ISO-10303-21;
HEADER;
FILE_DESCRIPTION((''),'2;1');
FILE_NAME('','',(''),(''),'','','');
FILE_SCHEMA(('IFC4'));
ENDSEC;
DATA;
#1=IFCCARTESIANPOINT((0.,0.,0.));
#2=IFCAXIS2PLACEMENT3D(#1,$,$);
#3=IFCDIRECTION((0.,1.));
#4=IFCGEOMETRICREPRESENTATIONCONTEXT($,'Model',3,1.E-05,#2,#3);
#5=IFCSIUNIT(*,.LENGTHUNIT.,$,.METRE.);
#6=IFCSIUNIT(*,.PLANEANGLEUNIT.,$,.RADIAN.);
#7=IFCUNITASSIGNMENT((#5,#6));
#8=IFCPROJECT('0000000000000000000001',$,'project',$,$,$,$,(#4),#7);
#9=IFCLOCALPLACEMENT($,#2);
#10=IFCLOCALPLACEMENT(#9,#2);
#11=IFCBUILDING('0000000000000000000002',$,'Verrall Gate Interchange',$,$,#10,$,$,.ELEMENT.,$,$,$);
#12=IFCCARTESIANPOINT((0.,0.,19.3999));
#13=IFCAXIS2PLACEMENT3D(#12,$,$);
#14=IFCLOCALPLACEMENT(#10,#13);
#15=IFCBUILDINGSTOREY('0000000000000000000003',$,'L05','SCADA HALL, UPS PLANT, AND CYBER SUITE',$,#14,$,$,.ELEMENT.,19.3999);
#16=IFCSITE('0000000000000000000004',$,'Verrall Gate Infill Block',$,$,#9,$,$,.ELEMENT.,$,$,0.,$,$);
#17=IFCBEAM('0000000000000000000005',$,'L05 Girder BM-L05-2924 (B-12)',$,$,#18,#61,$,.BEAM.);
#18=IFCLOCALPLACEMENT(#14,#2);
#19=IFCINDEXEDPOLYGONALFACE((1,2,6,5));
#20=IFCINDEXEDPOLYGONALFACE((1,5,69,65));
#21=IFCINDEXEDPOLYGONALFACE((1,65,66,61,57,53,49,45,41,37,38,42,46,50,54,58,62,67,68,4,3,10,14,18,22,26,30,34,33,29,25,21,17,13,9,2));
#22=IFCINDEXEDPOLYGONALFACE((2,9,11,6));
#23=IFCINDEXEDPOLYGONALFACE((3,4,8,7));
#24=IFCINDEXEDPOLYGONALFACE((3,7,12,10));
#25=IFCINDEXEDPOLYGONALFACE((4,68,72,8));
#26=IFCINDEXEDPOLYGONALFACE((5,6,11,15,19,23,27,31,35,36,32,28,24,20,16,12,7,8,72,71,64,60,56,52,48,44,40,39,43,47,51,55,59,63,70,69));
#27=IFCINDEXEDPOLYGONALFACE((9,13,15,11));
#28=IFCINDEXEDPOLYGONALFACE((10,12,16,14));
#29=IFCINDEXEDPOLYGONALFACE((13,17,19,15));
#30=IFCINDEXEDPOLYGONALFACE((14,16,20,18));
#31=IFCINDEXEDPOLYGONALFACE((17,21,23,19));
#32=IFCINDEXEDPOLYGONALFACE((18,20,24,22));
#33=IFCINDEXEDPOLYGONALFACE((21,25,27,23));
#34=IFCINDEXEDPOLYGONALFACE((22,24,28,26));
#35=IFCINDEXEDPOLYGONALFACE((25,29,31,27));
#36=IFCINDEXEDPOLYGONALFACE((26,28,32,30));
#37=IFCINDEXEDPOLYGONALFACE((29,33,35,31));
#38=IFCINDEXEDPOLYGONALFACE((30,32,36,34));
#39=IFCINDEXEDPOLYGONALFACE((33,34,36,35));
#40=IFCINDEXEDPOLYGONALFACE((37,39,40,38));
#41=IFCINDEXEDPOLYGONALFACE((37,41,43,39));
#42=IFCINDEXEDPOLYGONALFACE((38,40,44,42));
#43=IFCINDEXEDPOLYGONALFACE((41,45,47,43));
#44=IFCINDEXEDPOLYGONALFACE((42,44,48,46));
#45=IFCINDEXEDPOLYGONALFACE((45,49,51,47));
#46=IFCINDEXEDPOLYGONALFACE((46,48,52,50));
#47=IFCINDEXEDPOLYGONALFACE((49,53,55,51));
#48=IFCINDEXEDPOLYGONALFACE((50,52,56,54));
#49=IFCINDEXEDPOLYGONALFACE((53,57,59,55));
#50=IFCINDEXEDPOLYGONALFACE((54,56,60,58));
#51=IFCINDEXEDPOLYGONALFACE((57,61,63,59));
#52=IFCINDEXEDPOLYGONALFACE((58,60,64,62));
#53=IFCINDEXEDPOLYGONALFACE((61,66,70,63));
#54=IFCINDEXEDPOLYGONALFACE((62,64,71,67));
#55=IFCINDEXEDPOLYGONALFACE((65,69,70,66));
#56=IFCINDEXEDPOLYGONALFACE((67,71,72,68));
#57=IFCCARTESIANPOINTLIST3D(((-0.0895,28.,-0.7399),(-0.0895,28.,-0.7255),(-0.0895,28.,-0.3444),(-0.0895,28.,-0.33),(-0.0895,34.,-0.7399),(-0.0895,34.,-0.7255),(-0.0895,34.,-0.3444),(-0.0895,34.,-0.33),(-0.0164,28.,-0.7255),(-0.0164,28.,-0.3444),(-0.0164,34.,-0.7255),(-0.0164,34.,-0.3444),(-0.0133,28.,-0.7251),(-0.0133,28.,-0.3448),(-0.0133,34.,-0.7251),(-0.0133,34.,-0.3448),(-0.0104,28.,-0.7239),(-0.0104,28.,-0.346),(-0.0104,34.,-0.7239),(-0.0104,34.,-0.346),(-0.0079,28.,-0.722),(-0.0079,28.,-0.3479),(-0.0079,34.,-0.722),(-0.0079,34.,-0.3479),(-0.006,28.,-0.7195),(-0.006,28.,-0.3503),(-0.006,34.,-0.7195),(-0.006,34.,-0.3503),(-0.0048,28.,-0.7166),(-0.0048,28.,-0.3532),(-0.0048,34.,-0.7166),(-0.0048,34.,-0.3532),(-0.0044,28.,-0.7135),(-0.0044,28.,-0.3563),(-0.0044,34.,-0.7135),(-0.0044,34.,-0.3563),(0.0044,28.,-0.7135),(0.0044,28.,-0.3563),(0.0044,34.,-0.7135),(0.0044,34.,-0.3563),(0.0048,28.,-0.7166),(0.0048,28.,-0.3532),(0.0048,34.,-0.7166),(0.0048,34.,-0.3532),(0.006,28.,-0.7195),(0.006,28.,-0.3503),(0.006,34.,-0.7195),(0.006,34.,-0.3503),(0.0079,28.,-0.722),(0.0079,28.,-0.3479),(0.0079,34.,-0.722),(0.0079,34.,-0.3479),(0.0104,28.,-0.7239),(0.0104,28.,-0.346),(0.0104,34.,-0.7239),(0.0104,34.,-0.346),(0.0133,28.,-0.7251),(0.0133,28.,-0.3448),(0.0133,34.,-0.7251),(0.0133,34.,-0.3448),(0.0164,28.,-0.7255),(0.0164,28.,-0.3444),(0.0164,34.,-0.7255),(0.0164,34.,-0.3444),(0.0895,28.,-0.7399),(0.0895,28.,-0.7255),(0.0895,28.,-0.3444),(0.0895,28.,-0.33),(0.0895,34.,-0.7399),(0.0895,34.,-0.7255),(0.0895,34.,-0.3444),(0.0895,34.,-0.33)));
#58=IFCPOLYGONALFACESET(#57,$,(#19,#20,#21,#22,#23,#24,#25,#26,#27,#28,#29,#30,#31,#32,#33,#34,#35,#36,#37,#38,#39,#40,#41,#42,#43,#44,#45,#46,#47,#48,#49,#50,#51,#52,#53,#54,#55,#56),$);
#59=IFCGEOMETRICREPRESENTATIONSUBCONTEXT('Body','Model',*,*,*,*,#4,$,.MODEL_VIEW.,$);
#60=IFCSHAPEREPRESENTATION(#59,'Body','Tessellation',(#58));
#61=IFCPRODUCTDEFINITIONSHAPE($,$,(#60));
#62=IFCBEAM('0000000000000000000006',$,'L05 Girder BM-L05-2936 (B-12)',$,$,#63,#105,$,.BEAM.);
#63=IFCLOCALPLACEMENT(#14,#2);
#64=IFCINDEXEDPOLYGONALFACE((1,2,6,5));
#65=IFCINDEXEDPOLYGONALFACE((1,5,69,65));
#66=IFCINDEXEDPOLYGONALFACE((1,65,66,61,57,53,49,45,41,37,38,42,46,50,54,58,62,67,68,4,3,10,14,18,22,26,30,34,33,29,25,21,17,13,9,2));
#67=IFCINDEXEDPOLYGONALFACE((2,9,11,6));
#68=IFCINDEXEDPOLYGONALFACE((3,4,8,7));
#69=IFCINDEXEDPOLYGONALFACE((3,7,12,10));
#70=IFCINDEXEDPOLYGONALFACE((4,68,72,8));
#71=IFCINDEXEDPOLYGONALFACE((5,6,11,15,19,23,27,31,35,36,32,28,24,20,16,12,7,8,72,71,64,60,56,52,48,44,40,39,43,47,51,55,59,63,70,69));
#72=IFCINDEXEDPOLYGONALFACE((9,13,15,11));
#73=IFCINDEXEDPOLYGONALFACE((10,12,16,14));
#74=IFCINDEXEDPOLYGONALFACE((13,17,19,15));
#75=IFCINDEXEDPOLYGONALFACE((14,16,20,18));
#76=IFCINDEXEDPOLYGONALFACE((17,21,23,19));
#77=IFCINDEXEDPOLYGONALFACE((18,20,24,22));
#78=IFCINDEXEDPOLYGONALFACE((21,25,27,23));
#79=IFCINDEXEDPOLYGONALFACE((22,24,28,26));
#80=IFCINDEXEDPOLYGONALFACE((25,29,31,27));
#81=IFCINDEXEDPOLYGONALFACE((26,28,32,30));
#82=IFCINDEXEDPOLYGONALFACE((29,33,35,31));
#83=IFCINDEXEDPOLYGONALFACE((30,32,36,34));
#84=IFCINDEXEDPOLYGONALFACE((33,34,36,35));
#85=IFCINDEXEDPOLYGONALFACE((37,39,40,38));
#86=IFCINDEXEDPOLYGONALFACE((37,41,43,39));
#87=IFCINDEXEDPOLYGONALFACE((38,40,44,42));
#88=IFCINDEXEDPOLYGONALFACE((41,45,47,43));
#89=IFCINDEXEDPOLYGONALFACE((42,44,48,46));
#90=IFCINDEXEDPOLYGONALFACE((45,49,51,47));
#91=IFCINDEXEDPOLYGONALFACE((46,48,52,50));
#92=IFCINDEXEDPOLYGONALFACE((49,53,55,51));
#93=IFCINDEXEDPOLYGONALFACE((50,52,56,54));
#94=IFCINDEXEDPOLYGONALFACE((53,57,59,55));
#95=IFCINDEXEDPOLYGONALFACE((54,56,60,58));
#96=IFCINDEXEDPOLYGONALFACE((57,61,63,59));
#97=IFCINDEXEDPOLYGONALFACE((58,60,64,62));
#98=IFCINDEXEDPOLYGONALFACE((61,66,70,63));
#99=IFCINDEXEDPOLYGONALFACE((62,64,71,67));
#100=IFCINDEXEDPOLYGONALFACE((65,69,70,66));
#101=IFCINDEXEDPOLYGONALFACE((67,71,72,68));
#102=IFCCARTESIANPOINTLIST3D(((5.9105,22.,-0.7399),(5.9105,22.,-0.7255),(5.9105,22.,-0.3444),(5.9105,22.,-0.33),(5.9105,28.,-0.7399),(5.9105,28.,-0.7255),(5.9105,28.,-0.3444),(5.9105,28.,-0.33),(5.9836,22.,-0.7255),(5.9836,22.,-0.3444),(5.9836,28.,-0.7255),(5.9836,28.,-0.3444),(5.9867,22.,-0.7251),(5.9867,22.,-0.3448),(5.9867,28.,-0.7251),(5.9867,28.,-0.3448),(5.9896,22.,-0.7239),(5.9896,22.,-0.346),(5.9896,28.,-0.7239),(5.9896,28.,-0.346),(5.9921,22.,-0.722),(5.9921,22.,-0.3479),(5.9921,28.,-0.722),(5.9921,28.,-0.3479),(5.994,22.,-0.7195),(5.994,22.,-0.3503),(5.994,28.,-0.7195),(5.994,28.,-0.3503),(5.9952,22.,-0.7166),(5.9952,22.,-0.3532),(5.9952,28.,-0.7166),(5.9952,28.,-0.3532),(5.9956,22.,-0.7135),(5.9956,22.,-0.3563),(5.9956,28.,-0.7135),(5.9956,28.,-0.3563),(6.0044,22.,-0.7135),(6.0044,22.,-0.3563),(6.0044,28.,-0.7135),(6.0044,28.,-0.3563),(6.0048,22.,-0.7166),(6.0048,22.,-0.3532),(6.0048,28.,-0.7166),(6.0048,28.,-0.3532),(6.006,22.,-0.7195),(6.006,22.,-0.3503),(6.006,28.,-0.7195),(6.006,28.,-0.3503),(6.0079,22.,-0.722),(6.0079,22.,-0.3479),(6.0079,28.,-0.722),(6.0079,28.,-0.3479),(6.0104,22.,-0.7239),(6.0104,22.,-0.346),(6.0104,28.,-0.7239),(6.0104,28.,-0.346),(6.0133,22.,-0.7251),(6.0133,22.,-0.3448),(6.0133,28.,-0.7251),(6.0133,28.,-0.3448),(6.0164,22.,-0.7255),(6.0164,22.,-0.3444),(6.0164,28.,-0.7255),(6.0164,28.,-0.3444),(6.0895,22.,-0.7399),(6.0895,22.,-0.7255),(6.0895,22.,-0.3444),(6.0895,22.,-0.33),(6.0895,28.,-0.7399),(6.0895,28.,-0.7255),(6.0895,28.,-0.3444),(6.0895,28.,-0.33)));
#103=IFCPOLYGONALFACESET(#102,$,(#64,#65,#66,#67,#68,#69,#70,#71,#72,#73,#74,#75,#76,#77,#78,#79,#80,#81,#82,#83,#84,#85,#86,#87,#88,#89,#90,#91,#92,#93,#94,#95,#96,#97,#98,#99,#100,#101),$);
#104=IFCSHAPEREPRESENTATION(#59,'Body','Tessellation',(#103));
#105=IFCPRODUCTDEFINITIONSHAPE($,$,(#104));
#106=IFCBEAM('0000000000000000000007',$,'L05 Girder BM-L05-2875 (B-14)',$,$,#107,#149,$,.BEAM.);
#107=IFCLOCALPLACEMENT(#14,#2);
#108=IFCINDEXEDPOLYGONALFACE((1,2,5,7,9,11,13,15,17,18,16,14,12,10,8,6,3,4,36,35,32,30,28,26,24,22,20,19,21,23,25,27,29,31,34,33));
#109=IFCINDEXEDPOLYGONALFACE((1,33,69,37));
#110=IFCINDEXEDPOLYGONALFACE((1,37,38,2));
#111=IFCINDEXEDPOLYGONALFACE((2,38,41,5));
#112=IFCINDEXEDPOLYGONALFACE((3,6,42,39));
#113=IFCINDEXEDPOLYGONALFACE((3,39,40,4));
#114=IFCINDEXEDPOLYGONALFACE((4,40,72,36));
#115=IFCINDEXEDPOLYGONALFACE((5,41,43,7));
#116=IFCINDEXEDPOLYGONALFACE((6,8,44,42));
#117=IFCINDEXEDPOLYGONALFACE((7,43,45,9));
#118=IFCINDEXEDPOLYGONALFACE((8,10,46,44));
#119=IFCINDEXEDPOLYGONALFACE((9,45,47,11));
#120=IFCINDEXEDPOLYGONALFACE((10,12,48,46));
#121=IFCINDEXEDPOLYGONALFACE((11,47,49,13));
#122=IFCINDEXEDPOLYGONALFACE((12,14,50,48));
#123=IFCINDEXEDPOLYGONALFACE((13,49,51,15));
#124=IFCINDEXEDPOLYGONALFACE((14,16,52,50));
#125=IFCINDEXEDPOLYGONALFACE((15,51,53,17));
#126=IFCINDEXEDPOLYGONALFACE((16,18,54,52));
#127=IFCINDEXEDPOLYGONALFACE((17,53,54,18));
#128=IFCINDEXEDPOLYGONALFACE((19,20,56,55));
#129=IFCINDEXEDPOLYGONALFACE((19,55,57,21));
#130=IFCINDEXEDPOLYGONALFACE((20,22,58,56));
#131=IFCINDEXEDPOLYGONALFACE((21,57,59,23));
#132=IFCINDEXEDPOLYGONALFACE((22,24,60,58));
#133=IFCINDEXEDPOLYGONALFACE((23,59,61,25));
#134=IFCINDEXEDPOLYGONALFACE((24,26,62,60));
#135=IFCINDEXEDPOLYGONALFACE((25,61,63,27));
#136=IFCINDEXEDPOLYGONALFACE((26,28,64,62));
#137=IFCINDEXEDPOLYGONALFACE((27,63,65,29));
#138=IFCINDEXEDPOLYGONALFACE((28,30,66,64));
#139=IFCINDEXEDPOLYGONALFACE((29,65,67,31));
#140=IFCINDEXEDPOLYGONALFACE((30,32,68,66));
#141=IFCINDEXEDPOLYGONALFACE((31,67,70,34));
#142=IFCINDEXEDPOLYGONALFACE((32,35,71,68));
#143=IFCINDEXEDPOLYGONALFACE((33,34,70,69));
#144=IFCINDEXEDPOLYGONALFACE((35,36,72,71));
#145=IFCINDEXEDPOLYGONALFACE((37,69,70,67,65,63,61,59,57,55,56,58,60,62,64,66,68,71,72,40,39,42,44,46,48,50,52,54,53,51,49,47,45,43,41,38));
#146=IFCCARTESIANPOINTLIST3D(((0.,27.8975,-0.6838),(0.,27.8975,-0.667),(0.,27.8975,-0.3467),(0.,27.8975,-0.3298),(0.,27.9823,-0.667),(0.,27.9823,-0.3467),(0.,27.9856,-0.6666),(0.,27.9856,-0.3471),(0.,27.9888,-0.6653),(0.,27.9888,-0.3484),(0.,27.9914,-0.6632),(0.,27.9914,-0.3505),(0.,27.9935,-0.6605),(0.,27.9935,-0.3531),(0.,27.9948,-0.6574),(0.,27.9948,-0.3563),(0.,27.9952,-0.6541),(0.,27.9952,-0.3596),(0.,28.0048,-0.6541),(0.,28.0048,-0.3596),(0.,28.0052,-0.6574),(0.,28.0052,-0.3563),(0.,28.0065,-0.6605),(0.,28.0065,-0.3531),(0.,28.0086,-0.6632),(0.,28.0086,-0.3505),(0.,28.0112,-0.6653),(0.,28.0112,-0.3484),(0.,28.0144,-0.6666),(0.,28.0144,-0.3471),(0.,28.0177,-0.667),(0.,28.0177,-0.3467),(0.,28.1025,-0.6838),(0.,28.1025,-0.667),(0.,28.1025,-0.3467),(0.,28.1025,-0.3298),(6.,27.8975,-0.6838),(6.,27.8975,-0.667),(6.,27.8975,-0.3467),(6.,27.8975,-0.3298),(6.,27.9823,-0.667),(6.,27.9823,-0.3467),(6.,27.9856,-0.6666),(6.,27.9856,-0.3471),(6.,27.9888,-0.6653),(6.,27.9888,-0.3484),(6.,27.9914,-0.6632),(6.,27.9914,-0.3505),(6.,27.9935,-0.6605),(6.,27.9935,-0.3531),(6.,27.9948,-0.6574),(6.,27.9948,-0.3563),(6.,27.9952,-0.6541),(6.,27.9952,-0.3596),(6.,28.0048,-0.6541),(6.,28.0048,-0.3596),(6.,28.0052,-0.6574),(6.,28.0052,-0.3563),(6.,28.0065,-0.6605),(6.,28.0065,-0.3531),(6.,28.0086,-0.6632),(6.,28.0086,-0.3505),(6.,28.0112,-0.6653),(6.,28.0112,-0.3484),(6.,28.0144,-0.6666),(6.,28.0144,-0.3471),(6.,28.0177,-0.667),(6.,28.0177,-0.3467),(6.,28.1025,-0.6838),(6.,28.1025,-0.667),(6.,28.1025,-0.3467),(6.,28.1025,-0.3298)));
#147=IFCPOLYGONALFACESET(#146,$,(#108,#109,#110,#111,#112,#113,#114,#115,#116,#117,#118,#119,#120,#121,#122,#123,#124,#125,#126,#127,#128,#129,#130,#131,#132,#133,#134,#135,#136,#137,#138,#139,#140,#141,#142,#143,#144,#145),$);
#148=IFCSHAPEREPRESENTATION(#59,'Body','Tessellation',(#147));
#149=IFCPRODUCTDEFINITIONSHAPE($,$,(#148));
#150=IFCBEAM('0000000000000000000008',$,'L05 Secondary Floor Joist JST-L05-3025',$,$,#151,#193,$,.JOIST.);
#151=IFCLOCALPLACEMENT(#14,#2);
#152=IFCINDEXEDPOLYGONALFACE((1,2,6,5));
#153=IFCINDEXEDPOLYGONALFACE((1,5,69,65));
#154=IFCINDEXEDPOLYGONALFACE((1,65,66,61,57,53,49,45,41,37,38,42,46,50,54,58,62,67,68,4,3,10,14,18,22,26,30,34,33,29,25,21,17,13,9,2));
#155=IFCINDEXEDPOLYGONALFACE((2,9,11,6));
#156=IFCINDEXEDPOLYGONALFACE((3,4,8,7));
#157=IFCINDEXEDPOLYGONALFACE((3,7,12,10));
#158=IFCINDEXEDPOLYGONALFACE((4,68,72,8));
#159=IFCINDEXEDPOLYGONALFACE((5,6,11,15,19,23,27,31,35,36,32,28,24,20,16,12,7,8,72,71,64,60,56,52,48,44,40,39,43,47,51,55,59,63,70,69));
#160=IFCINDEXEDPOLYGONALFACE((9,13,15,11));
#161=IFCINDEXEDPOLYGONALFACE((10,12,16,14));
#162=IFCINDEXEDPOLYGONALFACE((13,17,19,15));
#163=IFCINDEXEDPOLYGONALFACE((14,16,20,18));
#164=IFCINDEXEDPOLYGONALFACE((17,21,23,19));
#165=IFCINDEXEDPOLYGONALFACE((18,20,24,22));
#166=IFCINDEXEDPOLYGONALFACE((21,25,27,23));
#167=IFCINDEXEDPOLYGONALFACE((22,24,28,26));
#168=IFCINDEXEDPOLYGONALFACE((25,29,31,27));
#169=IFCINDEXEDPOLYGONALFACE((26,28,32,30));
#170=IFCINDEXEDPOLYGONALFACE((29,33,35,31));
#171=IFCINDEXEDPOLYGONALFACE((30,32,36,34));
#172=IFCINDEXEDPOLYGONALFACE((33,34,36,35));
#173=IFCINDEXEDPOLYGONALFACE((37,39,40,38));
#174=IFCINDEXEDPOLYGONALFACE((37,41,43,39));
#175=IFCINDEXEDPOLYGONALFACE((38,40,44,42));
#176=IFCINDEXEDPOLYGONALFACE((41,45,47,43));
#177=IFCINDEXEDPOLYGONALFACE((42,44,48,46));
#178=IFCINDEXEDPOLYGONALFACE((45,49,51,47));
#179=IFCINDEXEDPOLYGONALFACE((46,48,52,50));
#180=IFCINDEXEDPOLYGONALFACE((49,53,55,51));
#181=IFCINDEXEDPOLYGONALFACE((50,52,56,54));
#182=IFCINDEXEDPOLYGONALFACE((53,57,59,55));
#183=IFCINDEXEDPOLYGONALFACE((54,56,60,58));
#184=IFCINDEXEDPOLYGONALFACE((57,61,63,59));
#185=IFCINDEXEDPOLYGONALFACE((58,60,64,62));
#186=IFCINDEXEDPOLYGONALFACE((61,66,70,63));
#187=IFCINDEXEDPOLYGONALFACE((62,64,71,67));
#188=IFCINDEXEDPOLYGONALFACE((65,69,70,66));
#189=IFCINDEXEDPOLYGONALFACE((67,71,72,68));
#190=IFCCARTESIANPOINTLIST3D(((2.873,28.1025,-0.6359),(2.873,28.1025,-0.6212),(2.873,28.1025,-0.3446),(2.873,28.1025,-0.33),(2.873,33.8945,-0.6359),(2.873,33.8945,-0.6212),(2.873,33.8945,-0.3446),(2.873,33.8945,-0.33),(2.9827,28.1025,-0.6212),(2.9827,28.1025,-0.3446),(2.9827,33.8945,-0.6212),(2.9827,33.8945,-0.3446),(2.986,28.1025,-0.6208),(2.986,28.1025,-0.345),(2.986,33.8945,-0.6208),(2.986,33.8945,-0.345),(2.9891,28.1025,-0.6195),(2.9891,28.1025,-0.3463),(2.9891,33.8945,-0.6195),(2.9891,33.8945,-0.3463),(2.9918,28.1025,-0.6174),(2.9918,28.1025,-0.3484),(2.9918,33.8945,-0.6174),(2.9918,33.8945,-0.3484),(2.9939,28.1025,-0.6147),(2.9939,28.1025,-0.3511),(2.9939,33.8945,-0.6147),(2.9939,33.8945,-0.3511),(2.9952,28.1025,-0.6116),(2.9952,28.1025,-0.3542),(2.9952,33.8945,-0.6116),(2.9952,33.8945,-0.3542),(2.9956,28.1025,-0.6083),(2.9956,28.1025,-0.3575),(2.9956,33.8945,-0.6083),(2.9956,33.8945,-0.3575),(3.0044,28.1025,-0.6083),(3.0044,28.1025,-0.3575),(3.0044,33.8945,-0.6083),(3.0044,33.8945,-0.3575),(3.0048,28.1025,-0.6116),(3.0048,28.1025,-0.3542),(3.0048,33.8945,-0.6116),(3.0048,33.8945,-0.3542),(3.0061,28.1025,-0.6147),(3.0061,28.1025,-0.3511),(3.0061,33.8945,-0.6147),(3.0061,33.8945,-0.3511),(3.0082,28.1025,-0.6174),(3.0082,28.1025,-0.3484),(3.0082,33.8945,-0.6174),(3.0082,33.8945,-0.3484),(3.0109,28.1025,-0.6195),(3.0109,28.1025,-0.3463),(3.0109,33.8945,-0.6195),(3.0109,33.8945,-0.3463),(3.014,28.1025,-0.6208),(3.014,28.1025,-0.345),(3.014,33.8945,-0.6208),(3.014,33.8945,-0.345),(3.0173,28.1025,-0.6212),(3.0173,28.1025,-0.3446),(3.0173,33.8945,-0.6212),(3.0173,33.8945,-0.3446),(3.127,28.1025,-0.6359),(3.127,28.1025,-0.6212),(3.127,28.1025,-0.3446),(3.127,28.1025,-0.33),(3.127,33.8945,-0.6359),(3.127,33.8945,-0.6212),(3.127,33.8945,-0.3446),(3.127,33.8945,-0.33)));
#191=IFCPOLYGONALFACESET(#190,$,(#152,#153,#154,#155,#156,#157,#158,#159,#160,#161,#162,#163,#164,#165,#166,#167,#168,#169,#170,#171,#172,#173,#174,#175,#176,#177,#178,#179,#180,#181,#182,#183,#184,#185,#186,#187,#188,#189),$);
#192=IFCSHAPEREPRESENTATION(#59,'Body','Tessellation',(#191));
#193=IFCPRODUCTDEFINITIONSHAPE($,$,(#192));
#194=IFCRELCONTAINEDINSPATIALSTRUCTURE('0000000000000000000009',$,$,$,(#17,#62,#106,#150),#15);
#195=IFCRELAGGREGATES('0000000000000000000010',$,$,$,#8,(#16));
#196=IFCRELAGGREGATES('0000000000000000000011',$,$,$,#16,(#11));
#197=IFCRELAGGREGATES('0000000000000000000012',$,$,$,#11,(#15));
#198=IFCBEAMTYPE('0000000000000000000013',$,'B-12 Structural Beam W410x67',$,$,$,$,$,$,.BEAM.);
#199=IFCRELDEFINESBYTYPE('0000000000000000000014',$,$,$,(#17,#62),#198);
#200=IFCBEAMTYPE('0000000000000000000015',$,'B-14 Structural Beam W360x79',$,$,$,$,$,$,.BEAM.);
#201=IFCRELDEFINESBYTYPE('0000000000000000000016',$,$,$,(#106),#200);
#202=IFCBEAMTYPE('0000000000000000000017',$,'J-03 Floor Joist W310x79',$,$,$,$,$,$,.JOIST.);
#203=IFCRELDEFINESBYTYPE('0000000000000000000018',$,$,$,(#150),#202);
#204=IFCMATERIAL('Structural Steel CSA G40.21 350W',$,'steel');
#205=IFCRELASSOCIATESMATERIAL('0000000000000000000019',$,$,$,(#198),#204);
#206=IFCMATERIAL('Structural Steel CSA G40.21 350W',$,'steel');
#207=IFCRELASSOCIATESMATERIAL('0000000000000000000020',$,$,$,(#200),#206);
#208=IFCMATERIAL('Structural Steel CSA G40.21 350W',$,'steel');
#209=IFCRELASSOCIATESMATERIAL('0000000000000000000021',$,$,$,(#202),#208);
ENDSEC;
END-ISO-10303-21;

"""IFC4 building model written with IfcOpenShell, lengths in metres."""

from ifc_helpers import new_model, si_unit, direction, frame, origin, origin_2d, place, context, subcontext, project, spatial, i_section, extrude, material, material_profile, profile_set, type_object, element, save


model = new_model("IFC4")

# Units and contexts
model_context = context("Model", 3, precision=1e-05, world=origin(), true_north=direction((0.0, 1.0)))
body_context = subcontext(model_context, "Body", "Model", "MODEL_VIEW")
ifc_project = project(units=[si_unit("LENGTHUNIT", "METRE"), si_unit("PLANEANGLEUNIT", "RADIAN")], contexts=[model_context])

# Site, building, storey
site_placement = place(None, origin())
site = spatial("IfcSite", under=ifc_project, at=site_placement, Name="Verrall Gate Infill Block", CompositionType="ELEMENT", RefElevation=0.0)
building_placement = place(site_placement, origin())
building = spatial("IfcBuilding", under=site, at=building_placement, Name="Verrall Gate Interchange", CompositionType="ELEMENT")
storey_placement = place(building_placement, frame((0.0, 0.0, 19.3999)))
storey = spatial("IfcBuildingStorey", under=building, at=storey_placement, Name="L05", Description="SCADA HALL, UPS PLANT, AND CYBER SUITE", CompositionType="ELEMENT", Elevation=19.3999)

# Beams
ifc_material_1 = material(Name="Structural Steel CSA G40.21 350W", Category="steel")
ifc_material_profile_1 = material_profile(ifc_material_1, i_section(OverallWidth=0.179, OverallDepth=0.4099, WebThickness=0.0088, FlangeThickness=0.0144, FilletRadius=0.012, at=origin_2d()), Name="W410x67")
ifc_profile_set_1 = profile_set([ifc_material_profile_1], Name="Structural Steel CSA G40.21 350W")
beam_type_1 = type_object("IfcBeamType", Name="B-12 Structural Beam W410x67", PredefinedType="BEAM", material=ifc_profile_set_1)
for number, where, z_axis, x_axis, name in (
    (1, (0.0, 28.0, -0.5349), (0.0, 1.0, 0.0), (-1.0, 0.0, 0.0), "L05 Girder BM-L05-2924 (B-12)"),
    (2, (6.0, 22.0, -0.5349), (0.0, 1.0, 0.0), (-1.0, 0.0, 0.0), "L05 Girder BM-L05-2936 (B-12)"),
):
    element("IfcBeam", number, at=place(storey_placement, frame(where, z_axis=z_axis, x_axis=x_axis)), inside=storey, type_object=beam_type_1, Name=name, PredefinedType="BEAM", context=body_context, shape_type="SweptSolid", body=[
        extrude(i_section(OverallWidth=0.179, OverallDepth=0.4099, WebThickness=0.0088, FlangeThickness=0.0144, FilletRadius=0.012, at=origin_2d()), origin(), (0.0, 0.0, 1.0), 6.0),
    ])
ifc_material_2 = material(Name="Structural Steel CSA G40.21 350W", Category="steel")
ifc_material_profile_2 = material_profile(ifc_material_2, i_section(OverallWidth=0.2051, OverallDepth=0.354, WebThickness=0.0095, FlangeThickness=0.0168, FilletRadius=0.0129, at=origin_2d()), Name="W360x79")
ifc_profile_set_2 = profile_set([ifc_material_profile_2], Name="Structural Steel CSA G40.21 350W")
beam_type_2 = type_object("IfcBeamType", Name="B-14 Structural Beam W360x79", PredefinedType="BEAM", material=ifc_profile_set_2)
beam_1_placement = place(storey_placement, frame((0.0, 28.0, -0.5068), z_axis=(1.0, 0.0, 0.0), x_axis=(0.0, 1.0, 0.0)))
element("IfcBeam", 3, at=beam_1_placement, inside=storey, type_object=beam_type_2, Name="L05 Girder BM-L05-2875 (B-14)", PredefinedType="BEAM", context=body_context, shape_type="SweptSolid", body=[
    extrude(i_section(OverallWidth=0.2051, OverallDepth=0.354, WebThickness=0.0095, FlangeThickness=0.0168, FilletRadius=0.0129, at=origin_2d()), origin(), (0.0, 0.0, 1.0), 6.0),
])
ifc_material_3 = material(Name="Structural Steel CSA G40.21 350W", Category="steel")
ifc_material_profile_3 = material_profile(ifc_material_3, i_section(OverallWidth=0.2539, OverallDepth=0.3059, WebThickness=0.0088, FlangeThickness=0.0146, FilletRadius=0.0129, at=origin_2d()), Name="W310x79")
ifc_profile_set_3 = profile_set([ifc_material_profile_3], Name="Structural Steel CSA G40.21 350W")
beam_type_3 = type_object("IfcBeamType", Name="J-03 Floor Joist W310x79", PredefinedType="JOIST", material=ifc_profile_set_3)
beam_2_placement = place(storey_placement, frame((3.0, 28.1025, -0.4829), z_axis=(0.0, 1.0, 0.0), x_axis=(-1.0, 0.0, 0.0)))
element("IfcBeam", 4, at=beam_2_placement, inside=storey, type_object=beam_type_3, Name="L05 Secondary Floor Joist JST-L05-3025", PredefinedType="JOIST", context=body_context, shape_type="SweptSolid", body=[
    extrude(i_section(OverallWidth=0.2539, OverallDepth=0.3059, WebThickness=0.0088, FlangeThickness=0.0146, FilletRadius=0.0129, at=origin_2d()), origin(), (0.0, 0.0, 1.0), 5.792),
])

save(model, "model.ifc")
